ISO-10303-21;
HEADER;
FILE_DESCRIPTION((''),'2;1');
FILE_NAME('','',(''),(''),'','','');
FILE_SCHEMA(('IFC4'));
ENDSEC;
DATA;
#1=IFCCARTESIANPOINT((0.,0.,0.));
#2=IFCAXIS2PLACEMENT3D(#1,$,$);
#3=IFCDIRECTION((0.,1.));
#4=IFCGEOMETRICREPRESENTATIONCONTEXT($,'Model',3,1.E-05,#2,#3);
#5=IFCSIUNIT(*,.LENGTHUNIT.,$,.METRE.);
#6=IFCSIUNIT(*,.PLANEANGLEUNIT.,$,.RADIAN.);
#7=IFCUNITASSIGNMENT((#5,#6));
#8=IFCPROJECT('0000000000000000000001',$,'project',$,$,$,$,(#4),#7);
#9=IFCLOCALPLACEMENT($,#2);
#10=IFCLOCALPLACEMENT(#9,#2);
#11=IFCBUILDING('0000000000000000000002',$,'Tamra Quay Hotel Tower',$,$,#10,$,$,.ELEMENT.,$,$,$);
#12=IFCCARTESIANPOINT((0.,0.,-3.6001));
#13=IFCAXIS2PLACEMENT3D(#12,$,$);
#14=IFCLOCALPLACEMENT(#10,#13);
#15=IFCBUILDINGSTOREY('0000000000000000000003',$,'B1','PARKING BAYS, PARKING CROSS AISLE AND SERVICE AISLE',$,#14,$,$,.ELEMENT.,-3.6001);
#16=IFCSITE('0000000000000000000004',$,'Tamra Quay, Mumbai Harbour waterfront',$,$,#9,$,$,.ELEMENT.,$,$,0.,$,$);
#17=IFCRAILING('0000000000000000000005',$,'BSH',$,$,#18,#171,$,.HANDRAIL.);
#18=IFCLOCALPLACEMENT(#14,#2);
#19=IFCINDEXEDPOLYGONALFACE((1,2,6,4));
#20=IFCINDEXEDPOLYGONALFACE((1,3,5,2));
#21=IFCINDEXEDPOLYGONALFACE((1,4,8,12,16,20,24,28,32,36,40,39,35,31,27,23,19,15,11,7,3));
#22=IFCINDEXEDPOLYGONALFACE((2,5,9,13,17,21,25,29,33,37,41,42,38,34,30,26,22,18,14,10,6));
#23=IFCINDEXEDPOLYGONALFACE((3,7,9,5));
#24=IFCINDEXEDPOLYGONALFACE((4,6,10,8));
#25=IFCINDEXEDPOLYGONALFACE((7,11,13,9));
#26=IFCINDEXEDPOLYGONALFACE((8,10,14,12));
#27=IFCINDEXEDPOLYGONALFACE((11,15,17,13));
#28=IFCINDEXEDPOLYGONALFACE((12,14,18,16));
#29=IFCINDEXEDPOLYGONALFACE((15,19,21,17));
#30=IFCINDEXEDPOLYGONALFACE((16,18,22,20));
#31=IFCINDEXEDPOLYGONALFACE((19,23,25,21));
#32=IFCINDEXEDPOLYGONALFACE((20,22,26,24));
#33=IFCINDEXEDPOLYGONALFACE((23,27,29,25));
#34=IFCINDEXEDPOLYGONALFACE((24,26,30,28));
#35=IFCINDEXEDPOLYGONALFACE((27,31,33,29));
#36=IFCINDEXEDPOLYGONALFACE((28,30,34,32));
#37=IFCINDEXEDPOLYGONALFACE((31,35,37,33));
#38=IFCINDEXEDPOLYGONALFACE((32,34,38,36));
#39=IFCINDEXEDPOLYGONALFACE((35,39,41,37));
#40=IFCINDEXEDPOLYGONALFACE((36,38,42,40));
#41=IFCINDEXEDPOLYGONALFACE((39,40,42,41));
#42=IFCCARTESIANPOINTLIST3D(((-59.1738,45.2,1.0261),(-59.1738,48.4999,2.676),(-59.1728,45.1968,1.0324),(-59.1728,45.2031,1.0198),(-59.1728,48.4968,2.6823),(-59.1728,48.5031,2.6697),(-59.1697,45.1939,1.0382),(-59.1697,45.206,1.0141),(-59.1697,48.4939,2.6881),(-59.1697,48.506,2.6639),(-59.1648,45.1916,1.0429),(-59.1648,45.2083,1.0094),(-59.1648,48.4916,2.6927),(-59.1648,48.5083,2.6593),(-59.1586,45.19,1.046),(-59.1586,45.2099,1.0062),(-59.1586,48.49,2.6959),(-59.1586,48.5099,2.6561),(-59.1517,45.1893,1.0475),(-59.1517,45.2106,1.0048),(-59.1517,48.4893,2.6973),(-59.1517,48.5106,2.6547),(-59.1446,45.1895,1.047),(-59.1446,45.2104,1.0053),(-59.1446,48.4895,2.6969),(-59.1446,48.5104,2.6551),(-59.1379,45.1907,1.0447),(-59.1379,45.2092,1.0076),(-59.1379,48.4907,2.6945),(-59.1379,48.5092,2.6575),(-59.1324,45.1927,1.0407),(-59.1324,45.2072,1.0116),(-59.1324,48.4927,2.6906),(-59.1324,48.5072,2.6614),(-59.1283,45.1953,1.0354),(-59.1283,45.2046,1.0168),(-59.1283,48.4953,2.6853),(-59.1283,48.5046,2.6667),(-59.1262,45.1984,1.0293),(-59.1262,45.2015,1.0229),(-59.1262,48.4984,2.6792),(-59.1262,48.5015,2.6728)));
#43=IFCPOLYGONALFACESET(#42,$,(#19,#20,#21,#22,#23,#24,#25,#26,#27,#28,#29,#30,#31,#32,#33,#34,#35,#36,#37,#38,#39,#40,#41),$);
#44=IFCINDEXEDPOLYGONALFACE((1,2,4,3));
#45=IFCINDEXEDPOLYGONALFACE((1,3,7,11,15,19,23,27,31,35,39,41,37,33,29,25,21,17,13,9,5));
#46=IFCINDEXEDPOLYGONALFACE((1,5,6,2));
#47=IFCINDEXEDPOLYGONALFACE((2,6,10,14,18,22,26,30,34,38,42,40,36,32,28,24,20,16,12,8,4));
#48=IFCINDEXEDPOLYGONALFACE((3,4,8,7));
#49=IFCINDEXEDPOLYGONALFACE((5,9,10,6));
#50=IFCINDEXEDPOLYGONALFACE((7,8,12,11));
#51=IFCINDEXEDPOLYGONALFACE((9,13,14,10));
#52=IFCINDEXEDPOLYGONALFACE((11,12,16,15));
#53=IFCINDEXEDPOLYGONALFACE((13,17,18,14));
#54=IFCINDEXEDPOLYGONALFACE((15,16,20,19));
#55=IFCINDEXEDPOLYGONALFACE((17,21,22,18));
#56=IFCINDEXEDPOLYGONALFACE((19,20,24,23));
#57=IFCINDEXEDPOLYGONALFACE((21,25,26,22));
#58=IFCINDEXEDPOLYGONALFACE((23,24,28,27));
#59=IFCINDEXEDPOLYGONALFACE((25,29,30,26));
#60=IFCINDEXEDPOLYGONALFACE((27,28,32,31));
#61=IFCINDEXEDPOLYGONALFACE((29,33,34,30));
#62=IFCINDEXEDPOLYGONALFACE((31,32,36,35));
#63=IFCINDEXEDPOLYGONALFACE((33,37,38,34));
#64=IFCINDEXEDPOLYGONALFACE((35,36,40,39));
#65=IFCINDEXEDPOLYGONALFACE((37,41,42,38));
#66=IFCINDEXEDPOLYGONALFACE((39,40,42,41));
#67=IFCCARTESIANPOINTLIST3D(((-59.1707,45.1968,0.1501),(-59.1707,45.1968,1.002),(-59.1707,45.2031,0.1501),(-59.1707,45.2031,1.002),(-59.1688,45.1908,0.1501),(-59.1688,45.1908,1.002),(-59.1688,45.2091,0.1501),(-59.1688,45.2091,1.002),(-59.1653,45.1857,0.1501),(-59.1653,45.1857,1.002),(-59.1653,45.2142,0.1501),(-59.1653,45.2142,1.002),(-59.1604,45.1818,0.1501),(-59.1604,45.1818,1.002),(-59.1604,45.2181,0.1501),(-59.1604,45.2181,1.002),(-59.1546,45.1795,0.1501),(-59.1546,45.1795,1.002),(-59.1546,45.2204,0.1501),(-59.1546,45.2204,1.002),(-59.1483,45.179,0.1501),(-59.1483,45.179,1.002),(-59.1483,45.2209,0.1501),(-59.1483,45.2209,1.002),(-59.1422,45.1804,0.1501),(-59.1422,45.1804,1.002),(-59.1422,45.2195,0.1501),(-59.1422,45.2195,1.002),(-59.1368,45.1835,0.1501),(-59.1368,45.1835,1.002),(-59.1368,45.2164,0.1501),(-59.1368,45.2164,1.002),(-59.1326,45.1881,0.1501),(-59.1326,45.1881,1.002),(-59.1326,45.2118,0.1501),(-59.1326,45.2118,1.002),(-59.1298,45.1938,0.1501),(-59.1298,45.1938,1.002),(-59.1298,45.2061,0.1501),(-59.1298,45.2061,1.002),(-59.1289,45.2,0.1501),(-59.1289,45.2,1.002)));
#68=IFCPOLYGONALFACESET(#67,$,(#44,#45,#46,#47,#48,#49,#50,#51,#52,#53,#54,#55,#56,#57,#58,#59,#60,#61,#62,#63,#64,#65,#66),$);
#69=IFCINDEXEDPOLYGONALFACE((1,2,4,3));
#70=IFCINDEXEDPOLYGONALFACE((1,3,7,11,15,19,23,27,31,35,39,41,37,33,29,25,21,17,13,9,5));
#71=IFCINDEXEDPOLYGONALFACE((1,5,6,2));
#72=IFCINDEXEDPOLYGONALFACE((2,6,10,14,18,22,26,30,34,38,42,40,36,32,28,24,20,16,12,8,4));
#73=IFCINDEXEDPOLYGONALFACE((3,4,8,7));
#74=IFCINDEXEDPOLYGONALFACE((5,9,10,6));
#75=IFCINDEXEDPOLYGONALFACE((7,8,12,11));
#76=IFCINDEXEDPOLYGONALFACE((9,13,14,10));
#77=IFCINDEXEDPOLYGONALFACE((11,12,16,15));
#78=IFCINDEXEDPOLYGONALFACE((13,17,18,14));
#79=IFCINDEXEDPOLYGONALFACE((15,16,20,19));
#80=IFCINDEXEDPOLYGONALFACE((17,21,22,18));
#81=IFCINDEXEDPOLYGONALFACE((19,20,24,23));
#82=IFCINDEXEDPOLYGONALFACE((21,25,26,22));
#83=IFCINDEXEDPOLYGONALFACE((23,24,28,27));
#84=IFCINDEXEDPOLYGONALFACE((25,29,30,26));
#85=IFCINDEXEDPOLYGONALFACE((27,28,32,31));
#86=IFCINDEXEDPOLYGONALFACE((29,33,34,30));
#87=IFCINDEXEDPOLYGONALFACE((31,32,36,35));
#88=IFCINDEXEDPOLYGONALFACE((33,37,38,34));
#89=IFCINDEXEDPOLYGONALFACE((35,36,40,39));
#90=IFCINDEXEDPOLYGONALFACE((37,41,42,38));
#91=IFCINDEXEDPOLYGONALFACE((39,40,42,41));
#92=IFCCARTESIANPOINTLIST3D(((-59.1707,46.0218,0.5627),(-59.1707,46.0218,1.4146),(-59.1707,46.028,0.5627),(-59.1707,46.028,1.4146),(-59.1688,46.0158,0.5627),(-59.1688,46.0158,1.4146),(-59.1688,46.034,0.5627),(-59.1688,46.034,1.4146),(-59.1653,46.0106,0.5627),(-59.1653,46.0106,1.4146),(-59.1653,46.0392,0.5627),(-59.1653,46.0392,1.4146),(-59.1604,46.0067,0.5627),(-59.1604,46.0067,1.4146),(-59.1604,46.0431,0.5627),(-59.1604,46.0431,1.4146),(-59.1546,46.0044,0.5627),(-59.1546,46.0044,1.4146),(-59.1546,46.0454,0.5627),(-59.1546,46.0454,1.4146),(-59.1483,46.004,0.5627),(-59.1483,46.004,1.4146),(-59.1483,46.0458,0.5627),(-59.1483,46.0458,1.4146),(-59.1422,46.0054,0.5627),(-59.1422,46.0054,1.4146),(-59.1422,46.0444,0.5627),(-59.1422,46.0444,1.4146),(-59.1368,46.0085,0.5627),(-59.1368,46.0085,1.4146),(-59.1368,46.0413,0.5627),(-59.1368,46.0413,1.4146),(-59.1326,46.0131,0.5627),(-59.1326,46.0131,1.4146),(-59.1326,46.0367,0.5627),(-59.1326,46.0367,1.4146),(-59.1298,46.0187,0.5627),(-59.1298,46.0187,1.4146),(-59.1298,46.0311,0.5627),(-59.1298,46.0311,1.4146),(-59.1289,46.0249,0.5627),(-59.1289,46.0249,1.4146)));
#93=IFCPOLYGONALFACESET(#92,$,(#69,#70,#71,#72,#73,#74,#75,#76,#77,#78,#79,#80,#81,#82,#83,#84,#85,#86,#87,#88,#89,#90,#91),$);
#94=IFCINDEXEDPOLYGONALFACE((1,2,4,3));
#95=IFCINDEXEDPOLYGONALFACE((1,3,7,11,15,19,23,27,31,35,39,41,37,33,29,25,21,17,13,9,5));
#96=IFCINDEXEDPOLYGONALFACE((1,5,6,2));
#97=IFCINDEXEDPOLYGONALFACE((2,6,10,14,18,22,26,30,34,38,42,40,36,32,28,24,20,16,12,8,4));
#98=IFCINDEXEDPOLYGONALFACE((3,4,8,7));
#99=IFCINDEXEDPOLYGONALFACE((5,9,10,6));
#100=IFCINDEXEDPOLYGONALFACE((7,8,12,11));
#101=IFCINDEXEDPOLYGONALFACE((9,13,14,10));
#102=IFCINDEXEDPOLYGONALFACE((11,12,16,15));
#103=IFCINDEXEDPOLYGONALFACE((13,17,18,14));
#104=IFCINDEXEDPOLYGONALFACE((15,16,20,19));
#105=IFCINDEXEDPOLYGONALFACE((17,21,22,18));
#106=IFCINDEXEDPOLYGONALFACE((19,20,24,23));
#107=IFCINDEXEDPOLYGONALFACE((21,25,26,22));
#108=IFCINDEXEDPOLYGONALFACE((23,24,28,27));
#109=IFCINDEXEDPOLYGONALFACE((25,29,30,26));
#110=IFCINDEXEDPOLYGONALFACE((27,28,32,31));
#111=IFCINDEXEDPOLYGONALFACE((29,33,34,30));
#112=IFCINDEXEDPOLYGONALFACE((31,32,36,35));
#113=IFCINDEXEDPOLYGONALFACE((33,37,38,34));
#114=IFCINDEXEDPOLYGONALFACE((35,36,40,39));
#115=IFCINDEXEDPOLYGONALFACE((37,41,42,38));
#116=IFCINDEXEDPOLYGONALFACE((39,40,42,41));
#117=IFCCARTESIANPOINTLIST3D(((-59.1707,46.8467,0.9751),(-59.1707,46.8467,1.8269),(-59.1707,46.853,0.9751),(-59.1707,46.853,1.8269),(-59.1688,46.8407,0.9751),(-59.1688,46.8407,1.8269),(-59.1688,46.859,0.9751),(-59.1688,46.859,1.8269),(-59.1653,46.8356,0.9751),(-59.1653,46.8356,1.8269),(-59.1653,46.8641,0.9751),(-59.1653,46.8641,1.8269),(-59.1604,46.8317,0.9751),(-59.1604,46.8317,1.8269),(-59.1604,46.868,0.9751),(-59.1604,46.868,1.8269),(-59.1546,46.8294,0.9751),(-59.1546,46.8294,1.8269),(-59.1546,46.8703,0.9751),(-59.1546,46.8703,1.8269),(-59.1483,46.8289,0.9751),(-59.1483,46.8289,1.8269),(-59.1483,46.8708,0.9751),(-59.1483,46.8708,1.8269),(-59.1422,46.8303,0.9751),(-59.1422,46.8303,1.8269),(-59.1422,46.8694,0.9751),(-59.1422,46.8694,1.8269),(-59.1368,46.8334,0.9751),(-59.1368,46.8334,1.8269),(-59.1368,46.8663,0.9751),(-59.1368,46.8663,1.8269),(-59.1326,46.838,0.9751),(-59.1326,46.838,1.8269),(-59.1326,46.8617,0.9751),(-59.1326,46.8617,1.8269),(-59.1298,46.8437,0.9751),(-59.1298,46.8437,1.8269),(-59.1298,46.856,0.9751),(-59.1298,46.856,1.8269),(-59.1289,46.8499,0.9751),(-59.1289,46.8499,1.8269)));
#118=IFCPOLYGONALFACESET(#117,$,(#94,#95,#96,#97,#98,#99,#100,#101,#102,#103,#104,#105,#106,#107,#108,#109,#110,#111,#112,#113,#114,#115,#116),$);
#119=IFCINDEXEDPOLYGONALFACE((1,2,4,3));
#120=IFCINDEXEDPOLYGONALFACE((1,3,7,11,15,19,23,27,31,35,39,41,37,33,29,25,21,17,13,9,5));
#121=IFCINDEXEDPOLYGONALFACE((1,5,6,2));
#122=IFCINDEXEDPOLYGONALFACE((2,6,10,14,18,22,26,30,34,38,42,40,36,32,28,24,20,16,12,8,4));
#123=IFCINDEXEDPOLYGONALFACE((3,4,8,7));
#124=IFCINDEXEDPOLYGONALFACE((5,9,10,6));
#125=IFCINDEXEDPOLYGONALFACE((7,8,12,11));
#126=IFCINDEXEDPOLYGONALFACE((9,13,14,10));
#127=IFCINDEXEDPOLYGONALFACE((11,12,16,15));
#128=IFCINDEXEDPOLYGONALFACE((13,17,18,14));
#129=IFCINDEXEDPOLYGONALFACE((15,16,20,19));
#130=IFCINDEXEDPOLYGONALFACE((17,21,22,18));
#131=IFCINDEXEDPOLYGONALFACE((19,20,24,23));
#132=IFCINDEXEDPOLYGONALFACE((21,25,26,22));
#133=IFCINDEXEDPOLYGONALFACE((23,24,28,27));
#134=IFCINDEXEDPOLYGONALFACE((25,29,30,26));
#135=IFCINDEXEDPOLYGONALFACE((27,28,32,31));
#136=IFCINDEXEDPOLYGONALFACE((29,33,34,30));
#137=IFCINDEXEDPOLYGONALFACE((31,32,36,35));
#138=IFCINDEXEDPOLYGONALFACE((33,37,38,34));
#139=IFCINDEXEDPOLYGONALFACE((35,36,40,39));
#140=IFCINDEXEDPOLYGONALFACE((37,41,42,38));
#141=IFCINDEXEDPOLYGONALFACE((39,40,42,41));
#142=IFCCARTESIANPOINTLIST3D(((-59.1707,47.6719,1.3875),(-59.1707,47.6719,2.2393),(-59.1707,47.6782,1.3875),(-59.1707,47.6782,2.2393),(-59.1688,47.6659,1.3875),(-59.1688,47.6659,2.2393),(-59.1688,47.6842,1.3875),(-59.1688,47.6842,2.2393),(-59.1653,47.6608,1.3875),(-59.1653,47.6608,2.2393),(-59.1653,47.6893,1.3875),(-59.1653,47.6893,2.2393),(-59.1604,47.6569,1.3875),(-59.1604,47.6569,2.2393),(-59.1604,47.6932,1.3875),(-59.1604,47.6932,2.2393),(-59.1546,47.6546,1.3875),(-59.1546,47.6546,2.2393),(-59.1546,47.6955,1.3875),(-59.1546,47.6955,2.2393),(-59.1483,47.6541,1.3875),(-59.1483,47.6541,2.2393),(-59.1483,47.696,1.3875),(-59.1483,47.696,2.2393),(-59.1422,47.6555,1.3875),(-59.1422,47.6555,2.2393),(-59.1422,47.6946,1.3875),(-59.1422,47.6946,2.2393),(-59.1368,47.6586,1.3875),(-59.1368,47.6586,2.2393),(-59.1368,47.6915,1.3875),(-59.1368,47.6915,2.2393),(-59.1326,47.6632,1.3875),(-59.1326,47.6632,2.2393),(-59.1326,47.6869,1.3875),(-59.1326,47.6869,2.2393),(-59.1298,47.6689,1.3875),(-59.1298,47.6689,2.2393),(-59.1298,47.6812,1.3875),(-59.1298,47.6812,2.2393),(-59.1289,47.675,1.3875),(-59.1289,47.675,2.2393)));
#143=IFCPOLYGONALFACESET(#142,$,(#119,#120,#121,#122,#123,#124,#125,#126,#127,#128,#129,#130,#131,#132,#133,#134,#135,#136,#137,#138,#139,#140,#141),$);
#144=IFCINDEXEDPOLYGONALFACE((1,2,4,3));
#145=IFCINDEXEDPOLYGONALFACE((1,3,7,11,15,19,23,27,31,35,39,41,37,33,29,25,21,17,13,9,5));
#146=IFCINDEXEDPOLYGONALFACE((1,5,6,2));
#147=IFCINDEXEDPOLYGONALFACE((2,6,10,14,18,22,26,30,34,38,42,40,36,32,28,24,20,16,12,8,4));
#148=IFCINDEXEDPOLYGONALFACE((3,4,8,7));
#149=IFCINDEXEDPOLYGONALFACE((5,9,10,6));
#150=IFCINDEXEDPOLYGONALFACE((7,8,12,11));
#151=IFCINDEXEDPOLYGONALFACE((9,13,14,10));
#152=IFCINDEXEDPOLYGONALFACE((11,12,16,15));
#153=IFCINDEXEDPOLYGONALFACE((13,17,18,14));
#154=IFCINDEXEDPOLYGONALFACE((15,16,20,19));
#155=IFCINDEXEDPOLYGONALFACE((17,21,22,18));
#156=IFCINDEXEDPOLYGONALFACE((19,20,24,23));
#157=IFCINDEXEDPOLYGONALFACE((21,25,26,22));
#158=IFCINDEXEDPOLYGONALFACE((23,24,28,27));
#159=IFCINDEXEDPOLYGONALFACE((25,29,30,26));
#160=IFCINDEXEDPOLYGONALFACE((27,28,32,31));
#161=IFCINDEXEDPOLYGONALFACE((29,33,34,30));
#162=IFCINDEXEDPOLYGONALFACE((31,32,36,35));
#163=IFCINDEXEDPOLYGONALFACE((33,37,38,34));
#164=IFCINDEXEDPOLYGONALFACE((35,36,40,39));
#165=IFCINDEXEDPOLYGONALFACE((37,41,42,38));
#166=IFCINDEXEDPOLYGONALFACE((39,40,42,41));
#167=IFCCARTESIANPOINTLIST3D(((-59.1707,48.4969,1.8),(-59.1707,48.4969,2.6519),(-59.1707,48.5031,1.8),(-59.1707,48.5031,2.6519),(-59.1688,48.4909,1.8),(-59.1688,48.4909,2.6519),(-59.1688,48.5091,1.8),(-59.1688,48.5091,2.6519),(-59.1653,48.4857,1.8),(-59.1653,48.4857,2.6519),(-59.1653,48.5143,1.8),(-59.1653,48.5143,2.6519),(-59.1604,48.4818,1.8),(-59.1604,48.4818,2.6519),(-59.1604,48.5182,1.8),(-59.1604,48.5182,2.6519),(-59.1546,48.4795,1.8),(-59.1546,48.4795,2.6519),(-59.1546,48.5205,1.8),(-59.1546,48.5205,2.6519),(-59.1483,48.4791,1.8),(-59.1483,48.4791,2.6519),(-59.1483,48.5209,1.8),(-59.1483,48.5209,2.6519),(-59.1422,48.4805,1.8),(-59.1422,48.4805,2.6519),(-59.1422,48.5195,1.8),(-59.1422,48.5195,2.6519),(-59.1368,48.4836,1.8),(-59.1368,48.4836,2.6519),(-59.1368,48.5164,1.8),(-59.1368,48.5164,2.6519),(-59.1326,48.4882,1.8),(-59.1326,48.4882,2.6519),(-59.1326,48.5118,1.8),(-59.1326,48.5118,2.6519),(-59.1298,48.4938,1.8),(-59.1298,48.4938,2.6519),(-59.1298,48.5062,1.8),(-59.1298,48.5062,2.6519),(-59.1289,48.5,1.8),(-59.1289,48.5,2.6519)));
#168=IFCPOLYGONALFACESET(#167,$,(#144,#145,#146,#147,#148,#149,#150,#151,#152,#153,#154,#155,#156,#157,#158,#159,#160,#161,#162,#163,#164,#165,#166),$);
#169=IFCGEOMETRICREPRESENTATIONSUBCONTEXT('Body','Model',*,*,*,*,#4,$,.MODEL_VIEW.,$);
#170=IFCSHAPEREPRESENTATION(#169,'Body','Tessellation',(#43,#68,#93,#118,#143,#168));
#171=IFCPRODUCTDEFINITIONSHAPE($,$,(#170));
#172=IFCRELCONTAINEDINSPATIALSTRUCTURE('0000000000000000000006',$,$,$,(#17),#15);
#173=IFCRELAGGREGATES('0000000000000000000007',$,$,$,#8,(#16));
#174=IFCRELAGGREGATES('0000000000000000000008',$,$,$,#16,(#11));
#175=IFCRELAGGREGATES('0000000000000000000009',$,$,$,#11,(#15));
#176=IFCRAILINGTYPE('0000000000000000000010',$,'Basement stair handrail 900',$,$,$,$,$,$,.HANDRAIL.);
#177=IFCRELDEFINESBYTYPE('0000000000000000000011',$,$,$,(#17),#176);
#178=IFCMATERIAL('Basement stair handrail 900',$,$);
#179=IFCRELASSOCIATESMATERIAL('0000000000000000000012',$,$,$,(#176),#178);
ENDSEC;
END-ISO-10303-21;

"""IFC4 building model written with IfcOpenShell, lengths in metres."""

from ifc_helpers import new_model, si_unit, direction, frame, origin, origin_2d, place, context, subcontext, project, spatial, circle, extrude, material, type_object, element, save


model = new_model("IFC4")

# Units and contexts
model_context = context("Model", 3, precision=1e-05, world=origin(), true_north=direction((0.0, 1.0)))
body_context = subcontext(model_context, "Body", "Model", "MODEL_VIEW")
ifc_project = project(units=[si_unit("LENGTHUNIT", "METRE"), si_unit("PLANEANGLEUNIT", "RADIAN")], contexts=[model_context])

# Site, building, storey
site_placement = place(None, origin())
site = spatial("IfcSite", under=ifc_project, at=site_placement, Name="Tamra Quay, Mumbai Harbour waterfront", CompositionType="ELEMENT", RefElevation=0.0)
building_placement = place(site_placement, origin())
building = spatial("IfcBuilding", under=site, at=building_placement, Name="Tamra Quay Hotel Tower", CompositionType="ELEMENT")
storey_placement = place(building_placement, frame((0.0, 0.0, -3.6001)))
storey = spatial("IfcBuildingStorey", under=building, at=storey_placement, Name="B1", Description="PARKING BAYS, PARKING CROSS AISLE AND SERVICE AISLE", CompositionType="ELEMENT", Elevation=-3.6001)

# Railing
ifc_material_1 = material(Name="Basement stair handrail 900")
railing_type_1 = type_object("IfcRailingType", Name="Basement stair handrail 900", PredefinedType="HANDRAIL", material=ifc_material_1)
for number, where, name in (
    (1, (-59.1499, 45.2, 0.1501), "BSH"),
):
    element("IfcRailing", number, at=place(storey_placement, frame(where)), inside=storey, type_object=railing_type_1, Name=name, PredefinedType="HANDRAIL", context=body_context, shape_type="SweptSolid", body=[
        extrude(circle(Radius=0.0239, at=origin_2d()), frame((0.0, 0.0, 0.876), z_axis=(0.0, 0.89444, 0.447187), x_axis=(-1.0, 0.0, 0.0)), (0.0, 0.0, 1.0), 3.6895),
        extrude(circle(Radius=0.021, at=origin_2d()), origin(), (0.0, 0.0, 1.0), 0.8518),
        extrude(circle(Radius=0.021, at=origin_2d()), frame((0.0, 0.825, 0.4126)), (0.0, 0.0, 1.0), 0.8518),
        extrude(circle(Radius=0.021, at=origin_2d()), frame((0.0, 1.6499, 0.825)), (0.0, 0.0, 1.0), 0.8518),
        extrude(circle(Radius=0.021, at=origin_2d()), frame((0.0, 2.4751, 1.2373)), (0.0, 0.0, 1.0), 0.8518),
        extrude(circle(Radius=0.021, at=origin_2d()), frame((0.0, 3.3, 1.6499)), (0.0, 0.0, 1.0), 0.8518),
    ])

save(model, "model.ifc")
